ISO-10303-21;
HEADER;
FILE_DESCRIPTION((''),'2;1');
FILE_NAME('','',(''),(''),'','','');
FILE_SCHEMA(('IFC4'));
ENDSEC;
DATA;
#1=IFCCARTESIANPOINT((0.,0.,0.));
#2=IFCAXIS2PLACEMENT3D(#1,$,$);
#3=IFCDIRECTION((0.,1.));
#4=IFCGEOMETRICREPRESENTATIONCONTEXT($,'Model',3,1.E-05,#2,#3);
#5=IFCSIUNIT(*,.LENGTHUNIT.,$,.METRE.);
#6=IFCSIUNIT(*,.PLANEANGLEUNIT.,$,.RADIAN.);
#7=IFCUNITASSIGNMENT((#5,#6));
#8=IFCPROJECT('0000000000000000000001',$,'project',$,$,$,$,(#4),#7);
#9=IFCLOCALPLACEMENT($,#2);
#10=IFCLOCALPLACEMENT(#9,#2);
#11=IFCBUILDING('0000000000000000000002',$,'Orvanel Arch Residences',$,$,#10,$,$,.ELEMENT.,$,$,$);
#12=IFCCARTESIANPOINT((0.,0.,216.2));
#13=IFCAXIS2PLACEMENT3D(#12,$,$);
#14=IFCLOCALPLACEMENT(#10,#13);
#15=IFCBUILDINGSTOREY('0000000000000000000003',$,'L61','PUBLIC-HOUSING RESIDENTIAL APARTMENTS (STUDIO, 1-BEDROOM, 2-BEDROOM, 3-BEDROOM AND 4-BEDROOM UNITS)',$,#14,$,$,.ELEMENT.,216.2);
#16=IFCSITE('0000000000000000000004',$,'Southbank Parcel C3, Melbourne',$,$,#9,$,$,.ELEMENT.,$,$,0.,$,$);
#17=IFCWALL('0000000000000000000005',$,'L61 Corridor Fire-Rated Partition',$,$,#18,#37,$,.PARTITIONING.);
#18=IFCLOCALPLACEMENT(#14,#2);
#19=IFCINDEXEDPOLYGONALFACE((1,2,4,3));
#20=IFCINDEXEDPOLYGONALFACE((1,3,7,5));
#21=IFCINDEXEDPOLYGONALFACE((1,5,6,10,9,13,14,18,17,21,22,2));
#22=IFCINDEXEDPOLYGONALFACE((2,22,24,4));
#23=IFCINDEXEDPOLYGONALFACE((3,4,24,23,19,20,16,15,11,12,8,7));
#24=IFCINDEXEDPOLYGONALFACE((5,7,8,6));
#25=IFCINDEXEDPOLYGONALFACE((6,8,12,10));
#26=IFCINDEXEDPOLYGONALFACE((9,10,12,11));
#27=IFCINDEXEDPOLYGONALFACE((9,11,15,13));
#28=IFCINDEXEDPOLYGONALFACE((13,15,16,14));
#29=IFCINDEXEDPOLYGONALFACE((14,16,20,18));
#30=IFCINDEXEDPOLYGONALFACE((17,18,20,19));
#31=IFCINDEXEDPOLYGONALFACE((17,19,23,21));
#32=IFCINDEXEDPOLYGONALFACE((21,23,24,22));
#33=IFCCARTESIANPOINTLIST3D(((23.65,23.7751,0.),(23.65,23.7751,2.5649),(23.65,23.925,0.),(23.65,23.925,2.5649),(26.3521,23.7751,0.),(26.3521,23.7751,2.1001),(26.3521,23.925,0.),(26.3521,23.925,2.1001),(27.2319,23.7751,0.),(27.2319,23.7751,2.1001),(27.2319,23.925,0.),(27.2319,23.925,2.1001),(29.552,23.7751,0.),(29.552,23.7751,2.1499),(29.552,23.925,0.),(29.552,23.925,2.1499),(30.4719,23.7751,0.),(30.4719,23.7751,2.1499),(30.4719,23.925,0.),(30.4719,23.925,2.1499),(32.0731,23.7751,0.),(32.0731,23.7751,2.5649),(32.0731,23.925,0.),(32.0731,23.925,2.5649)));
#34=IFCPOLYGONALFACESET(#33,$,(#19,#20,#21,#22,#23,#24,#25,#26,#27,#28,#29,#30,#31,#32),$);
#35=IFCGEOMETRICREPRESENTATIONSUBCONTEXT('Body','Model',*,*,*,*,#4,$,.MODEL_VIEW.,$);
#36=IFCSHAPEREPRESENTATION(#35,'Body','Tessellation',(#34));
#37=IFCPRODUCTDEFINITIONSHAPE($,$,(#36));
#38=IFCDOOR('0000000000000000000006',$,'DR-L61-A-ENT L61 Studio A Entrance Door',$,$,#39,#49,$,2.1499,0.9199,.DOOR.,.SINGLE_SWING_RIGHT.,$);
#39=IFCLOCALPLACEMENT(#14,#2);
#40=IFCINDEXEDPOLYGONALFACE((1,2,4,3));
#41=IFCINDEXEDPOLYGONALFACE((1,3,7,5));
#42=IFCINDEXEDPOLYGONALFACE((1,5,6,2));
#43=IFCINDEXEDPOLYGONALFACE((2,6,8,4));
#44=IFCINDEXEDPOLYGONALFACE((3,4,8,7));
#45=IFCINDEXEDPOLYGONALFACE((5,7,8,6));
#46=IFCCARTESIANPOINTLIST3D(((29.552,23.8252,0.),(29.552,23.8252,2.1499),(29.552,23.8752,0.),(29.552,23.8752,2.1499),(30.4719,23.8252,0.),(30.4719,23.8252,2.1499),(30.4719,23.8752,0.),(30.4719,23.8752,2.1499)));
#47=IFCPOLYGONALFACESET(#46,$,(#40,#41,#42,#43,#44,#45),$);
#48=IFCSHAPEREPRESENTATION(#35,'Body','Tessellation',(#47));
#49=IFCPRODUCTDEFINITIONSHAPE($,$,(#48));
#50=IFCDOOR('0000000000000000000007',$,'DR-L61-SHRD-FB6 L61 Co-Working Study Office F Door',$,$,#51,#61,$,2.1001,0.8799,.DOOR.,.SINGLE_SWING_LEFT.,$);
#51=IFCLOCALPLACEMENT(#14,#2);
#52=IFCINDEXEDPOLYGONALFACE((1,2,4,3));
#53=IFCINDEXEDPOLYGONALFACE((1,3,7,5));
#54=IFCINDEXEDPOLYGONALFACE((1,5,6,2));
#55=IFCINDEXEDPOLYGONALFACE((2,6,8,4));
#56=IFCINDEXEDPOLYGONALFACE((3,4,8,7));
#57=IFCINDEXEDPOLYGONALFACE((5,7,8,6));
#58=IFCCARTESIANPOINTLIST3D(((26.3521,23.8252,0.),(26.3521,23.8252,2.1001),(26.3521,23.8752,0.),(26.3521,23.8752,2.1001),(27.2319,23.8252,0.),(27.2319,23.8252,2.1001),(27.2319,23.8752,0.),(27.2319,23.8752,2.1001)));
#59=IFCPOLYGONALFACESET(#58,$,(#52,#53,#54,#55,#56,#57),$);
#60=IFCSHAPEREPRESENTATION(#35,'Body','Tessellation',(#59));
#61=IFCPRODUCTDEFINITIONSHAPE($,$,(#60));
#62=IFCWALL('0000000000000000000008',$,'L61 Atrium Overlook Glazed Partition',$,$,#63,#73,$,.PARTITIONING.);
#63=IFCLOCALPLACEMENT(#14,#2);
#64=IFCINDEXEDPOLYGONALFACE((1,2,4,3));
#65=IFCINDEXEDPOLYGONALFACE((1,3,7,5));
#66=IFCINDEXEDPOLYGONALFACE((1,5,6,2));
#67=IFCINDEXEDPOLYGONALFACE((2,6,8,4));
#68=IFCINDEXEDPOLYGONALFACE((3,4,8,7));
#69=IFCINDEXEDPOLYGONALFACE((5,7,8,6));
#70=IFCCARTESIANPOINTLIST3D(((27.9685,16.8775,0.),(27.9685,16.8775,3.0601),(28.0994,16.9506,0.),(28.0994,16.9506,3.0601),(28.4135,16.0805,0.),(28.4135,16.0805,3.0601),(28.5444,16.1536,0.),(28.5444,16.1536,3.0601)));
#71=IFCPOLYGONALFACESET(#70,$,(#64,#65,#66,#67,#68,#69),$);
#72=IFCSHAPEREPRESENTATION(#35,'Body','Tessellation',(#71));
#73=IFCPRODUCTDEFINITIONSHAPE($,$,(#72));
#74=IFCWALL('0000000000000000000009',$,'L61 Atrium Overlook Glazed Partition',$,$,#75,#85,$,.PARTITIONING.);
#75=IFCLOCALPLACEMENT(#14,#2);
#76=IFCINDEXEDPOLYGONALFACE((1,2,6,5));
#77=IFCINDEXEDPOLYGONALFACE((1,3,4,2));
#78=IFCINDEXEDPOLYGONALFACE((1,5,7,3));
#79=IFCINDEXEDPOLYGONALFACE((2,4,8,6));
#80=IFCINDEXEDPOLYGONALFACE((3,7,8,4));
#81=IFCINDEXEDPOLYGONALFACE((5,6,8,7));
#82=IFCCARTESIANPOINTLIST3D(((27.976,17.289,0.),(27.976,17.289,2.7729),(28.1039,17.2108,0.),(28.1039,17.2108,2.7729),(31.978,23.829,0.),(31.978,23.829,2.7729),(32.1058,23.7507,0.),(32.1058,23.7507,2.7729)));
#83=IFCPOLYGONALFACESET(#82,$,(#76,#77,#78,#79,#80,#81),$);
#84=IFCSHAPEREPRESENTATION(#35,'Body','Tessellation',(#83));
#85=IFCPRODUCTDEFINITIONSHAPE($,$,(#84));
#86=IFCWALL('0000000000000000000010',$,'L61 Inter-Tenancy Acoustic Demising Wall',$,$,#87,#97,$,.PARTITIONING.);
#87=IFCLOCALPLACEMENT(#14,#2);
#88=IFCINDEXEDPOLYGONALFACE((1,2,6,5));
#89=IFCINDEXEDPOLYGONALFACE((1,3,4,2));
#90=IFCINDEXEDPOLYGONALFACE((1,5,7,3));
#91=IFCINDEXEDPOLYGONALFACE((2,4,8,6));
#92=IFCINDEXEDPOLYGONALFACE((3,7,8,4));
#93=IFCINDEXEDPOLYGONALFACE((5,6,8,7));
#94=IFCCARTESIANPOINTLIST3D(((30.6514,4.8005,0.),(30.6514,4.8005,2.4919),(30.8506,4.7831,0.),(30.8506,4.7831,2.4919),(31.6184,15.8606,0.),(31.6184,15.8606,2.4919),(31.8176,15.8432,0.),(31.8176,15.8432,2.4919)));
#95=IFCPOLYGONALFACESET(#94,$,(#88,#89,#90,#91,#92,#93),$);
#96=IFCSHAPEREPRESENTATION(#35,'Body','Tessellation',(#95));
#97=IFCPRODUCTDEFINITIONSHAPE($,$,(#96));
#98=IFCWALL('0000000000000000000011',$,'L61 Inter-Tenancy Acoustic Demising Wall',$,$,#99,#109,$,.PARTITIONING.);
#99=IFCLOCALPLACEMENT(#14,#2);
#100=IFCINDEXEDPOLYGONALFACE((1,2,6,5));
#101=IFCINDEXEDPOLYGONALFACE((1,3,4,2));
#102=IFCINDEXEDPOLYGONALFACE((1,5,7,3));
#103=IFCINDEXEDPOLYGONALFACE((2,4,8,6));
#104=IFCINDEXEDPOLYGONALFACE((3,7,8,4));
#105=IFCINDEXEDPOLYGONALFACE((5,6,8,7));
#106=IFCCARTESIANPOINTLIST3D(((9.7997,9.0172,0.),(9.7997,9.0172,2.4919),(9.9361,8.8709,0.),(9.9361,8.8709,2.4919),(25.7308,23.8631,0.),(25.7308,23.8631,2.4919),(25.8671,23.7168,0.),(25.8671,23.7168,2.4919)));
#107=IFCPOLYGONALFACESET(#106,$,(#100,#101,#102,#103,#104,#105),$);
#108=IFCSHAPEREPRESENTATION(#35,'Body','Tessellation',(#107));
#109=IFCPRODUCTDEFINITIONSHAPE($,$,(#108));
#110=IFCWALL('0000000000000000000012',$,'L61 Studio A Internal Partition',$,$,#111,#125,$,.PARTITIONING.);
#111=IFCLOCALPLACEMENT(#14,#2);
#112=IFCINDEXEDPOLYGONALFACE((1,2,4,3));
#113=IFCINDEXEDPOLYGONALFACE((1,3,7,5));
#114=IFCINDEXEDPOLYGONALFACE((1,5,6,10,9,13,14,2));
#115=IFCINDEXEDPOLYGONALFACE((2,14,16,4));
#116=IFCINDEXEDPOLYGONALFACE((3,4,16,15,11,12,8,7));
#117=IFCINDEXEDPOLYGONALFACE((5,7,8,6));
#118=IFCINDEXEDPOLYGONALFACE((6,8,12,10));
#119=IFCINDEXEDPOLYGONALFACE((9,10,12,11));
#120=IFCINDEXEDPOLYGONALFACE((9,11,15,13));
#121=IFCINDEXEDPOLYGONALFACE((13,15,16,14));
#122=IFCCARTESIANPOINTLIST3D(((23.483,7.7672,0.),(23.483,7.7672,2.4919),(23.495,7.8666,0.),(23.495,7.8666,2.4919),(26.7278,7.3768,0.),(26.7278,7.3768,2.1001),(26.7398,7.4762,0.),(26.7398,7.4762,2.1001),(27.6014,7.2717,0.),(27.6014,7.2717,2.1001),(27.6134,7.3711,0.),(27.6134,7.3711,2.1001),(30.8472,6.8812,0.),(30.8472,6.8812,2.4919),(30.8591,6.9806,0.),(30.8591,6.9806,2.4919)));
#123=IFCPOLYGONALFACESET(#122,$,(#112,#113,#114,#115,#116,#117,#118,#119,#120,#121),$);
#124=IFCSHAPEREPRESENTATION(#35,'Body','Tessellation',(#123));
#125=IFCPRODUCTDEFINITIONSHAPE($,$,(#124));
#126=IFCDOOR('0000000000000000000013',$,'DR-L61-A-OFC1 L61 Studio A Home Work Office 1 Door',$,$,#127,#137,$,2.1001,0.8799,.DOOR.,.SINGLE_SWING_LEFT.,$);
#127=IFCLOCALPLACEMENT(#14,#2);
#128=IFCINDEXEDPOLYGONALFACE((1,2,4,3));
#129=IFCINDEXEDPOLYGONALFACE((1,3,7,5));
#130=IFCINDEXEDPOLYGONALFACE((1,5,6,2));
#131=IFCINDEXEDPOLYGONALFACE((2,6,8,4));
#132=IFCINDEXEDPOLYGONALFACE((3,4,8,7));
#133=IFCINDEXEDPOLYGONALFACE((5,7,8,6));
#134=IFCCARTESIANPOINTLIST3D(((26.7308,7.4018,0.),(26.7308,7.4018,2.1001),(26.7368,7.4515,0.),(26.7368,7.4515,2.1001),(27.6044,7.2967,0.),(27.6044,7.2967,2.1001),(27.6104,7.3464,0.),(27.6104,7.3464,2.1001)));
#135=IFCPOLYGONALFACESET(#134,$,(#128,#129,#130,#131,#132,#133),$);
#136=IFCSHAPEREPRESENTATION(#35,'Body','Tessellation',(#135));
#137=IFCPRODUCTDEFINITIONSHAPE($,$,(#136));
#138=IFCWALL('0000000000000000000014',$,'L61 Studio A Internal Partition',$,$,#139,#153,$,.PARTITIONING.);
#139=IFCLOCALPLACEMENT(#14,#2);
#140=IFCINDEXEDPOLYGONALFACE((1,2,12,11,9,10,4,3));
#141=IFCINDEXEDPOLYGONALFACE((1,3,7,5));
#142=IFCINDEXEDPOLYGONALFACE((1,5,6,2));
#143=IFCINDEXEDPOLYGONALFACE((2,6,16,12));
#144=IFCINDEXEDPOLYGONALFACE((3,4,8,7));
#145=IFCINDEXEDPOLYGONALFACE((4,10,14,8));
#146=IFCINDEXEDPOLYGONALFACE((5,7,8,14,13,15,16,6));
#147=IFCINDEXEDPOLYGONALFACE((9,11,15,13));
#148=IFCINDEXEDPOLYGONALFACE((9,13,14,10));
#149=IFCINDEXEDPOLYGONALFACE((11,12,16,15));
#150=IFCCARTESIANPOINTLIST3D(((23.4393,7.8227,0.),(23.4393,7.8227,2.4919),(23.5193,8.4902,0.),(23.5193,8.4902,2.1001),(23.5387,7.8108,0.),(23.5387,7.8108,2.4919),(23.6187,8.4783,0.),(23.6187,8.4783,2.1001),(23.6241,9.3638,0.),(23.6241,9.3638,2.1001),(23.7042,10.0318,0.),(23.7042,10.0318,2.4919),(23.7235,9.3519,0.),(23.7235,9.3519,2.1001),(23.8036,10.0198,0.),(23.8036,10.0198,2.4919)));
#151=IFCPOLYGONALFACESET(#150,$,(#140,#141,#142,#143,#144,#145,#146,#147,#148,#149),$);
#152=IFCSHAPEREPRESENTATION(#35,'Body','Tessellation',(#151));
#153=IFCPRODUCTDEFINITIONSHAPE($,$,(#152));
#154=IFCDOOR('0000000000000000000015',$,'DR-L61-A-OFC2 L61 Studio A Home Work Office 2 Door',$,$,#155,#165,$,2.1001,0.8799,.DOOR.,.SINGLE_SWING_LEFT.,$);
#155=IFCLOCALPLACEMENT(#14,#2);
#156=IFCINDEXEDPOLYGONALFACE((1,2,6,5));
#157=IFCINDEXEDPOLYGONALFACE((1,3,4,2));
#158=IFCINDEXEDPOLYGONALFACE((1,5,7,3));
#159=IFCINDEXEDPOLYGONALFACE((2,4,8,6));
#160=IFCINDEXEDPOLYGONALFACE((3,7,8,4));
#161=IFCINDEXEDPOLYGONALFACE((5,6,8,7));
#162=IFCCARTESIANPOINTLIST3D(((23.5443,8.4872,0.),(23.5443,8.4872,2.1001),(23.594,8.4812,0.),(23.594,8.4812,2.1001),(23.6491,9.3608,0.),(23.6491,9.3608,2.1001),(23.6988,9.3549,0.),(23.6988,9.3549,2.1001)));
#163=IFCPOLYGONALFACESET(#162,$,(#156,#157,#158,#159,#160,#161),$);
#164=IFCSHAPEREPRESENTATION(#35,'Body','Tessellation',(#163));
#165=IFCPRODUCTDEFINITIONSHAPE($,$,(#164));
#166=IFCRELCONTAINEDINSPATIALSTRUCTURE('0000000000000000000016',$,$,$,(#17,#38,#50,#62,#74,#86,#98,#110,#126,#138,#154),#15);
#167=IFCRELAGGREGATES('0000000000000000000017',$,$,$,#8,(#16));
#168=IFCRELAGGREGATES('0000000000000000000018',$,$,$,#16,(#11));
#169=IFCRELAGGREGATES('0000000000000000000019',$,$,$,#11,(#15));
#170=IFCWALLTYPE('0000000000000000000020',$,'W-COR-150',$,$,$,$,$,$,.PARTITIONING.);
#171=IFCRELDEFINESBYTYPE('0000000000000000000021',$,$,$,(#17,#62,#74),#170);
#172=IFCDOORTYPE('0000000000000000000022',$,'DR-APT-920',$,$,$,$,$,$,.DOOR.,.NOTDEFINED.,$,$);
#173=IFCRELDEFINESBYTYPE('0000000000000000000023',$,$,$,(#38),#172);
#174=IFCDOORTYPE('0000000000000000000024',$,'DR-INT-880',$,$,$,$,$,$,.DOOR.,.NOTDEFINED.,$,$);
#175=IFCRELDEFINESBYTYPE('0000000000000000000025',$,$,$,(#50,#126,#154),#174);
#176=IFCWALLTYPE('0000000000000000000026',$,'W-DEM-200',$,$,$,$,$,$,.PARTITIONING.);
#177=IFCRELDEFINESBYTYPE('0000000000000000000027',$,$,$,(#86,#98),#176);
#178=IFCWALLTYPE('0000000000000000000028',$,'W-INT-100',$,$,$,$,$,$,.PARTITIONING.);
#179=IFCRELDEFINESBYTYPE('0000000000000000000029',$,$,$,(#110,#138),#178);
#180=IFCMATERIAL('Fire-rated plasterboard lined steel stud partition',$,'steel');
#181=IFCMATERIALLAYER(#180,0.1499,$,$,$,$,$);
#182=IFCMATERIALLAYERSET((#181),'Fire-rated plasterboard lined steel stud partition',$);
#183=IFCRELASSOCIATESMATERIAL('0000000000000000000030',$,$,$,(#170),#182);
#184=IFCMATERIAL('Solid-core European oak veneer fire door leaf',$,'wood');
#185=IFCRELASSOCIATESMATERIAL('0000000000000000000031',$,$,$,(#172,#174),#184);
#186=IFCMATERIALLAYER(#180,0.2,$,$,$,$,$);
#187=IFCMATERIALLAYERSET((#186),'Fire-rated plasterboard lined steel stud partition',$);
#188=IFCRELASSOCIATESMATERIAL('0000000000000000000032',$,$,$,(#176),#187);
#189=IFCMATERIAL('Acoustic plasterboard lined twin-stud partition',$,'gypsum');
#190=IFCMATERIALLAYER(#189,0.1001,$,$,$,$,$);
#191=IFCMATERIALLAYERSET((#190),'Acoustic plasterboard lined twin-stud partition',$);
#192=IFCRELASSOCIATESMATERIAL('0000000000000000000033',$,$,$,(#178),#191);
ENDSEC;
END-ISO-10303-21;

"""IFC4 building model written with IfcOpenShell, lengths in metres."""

from ifc_helpers import new_model, si_unit, direction, frame, frame_2d, origin, place, context, subcontext, project, spatial, rectangle, extrude, material, layer, layer_set, type_object, element, fill, save


model = new_model("IFC4")

# Units and contexts
model_context = context("Model", 3, precision=1e-05, world=origin(), true_north=direction((0.0, 1.0)))
body_context = subcontext(model_context, "Body", "Model", "MODEL_VIEW")
ifc_project = project(units=[si_unit("LENGTHUNIT", "METRE"), si_unit("PLANEANGLEUNIT", "RADIAN")], contexts=[model_context])

# Site, building, storey
site_placement = place(None, origin())
site = spatial("IfcSite", under=ifc_project, at=site_placement, Name="Southbank Parcel C3, Melbourne", CompositionType="ELEMENT", RefElevation=0.0)
building_placement = place(site_placement, origin())
building = spatial("IfcBuilding", under=site, at=building_placement, Name="Orvanel Arch Residences", CompositionType="ELEMENT")
storey_placement = place(building_placement, frame((0.0, 0.0, 216.2)))
storey = spatial("IfcBuildingStorey", under=building, at=storey_placement, Name="L61", Description="PUBLIC-HOUSING RESIDENTIAL APARTMENTS (STUDIO, 1-BEDROOM, 2-BEDROOM, 3-BEDROOM AND 4-BEDROOM UNITS)", CompositionType="ELEMENT", Elevation=216.2)

# Wall, openings, doors
ifc_material_1 = material(Name="Fire-rated plasterboard lined steel stud partition", Category="steel")
ifc_layer_1 = layer(ifc_material_1, 0.1499)
ifc_layer_set_1 = layer_set([ifc_layer_1], Name="Fire-rated plasterboard lined steel stud partition")
wall_type_1 = type_object("IfcWallType", Name="W-COR-150", PredefinedType="PARTITIONING", material=ifc_layer_set_1)
wall_1_placement = place(storey_placement, frame((32.073, 23.8501, 0.0), z_axis=(0.0, 0.0, 1.0), x_axis=(-1.0, 0.0, 0.0)))
wall_1 = element("IfcWall", 1, at=wall_1_placement, inside=storey, type_object=wall_type_1, Name="L61 Corridor Fire-Rated Partition", PredefinedType="PARTITIONING", context=body_context, shape_type="SweptSolid", body=[
    extrude(rectangle(XDim=8.4231, YDim=0.1499, at=frame_2d((4.2114, 0.0))), origin(), (0.0, 0.0, 1.0), 2.5649),
])
opening_1_placement = place(wall_1_placement, frame((1.6011, 0.0, 0.0)))
opening_1 = element("IfcOpeningElement", 2, at=opening_1_placement, cuts=wall_1, PredefinedType="OPENING", context=body_context, shape_type="SweptSolid", body=[
    extrude(rectangle(XDim=0.9199, YDim=2.1499, at=frame_2d((0.46, 1.075))), frame((0.0, 0.085, 0.0), z_axis=(0.0, -1.0, 0.0), x_axis=(1.0, 0.0, 0.0)), (0.0, 0.0, 1.0), 0.1699),
])
opening_2_placement = place(wall_1_placement, frame((4.8411, 0.0, 0.0)))
opening_2 = element("IfcOpeningElement", 3, at=opening_2_placement, cuts=wall_1, PredefinedType="OPENING", context=body_context, shape_type="SweptSolid", body=[
    extrude(rectangle(XDim=0.8799, YDim=2.1001, at=frame_2d((0.4399, 1.05))), frame((0.0, 0.085, 0.0), z_axis=(0.0, -1.0, 0.0), x_axis=(1.0, 0.0, 0.0)), (0.0, 0.0, 1.0), 0.1699),
])
ifc_material_2 = material(Name="Solid-core European oak veneer fire door leaf", Category="wood")
door_type_1 = type_object("IfcDoorType", Name="DR-APT-920", OperationType="NOTDEFINED", PredefinedType="DOOR", material=ifc_material_2)
door_1_placement = place(opening_1_placement, origin())
door_1 = element("IfcDoor", 4, at=door_1_placement, inside=storey, type_object=door_type_1, Name="DR-L61-A-ENT L61 Studio A Entrance Door", OperationType="SINGLE_SWING_RIGHT", OverallHeight=2.1499, OverallWidth=0.9199, PredefinedType="DOOR", context=body_context, shape_type="SweptSolid", body=[
    extrude(rectangle(XDim=0.9199, YDim=2.1499, at=frame_2d((0.46, 1.075))), frame((0.0, 0.0249, 0.0), z_axis=(0.0, -1.0, 0.0), x_axis=(1.0, 0.0, 0.0)), (0.0, 0.0, 1.0), 0.05),
])
fill(opening_1, door_1)
door_type_2 = type_object("IfcDoorType", Name="DR-INT-880", OperationType="NOTDEFINED", PredefinedType="DOOR", material=ifc_material_2)
door_2_placement = place(opening_2_placement, origin())
door_2 = element("IfcDoor", 5, at=door_2_placement, inside=storey, type_object=door_type_2, Name="DR-L61-SHRD-FB6 L61 Co-Working Study Office F Door", OperationType="SINGLE_SWING_LEFT", OverallHeight=2.1001, OverallWidth=0.8799, PredefinedType="DOOR", context=body_context, shape_type="SweptSolid", body=[
    extrude(rectangle(XDim=0.8799, YDim=2.1001, at=frame_2d((0.4399, 1.05))), frame((0.0, 0.0249, 0.0), z_axis=(0.0, -1.0, 0.0), x_axis=(1.0, 0.0, 0.0)), (0.0, 0.0, 1.0), 0.05),
])
fill(opening_2, door_2)

# Walls
wall_2_placement = place(storey_placement, frame((28.479, 16.1169, 0.0), z_axis=(0.0, 0.0, 1.0), x_axis=(-0.487504, 0.873121, 0.0)))
element("IfcWall", 6, at=wall_2_placement, inside=storey, type_object=wall_type_1, Name="L61 Atrium Overlook Glazed Partition", PredefinedType="PARTITIONING", context=body_context, shape_type="SweptSolid", body=[
    extrude(rectangle(XDim=0.9128, YDim=0.1499, at=frame_2d((0.4565, 0.0))), origin(), (0.0, 0.0, 1.0), 3.0601),
])
wall_3_placement = place(storey_placement, frame((28.04, 17.25, 0.0), z_axis=(0.0, 0.0, 1.0), x_axis=(0.52195, 0.852976, 0.0)))
element("IfcWall", 7, at=wall_3_placement, inside=storey, type_object=wall_type_1, Name="L61 Atrium Overlook Glazed Partition", PredefinedType="PARTITIONING", context=body_context, shape_type="SweptSolid", body=[
    extrude(rectangle(XDim=7.6672, YDim=0.1499, at=frame_2d((3.8335, 0.0))), origin(), (0.0, 0.0, 1.0), 2.7729),
])
ifc_layer_2 = layer(ifc_material_1, 0.2)
ifc_layer_set_2 = layer_set([ifc_layer_2], Name="Fire-rated plasterboard lined steel stud partition")
wall_type_2 = type_object("IfcWallType", Name="W-DEM-200", PredefinedType="PARTITIONING", material=ifc_layer_set_2)
wall_4_placement = place(storey_placement, frame((31.718, 15.8521, 0.0), z_axis=(0.0, 0.0, 1.0), x_axis=(-0.087103, -0.996199, 0.0)))
element("IfcWall", 8, at=wall_4_placement, inside=storey, type_object=wall_type_2, Name="L61 Inter-Tenancy Acoustic Demising Wall", PredefinedType="PARTITIONING", context=body_context, shape_type="SweptSolid", body=[
    extrude(rectangle(XDim=11.1023, YDim=0.2, at=frame_2d((5.5513, 0.0))), origin(), (0.0, 0.0, 1.0), 2.4919),
])
wall_5_placement = place(storey_placement, frame((25.7991, 23.79, 0.0), z_axis=(0.0, 0.0, 1.0), x_axis=(-0.731585, -0.68175, 0.0)))
element("IfcWall", 9, at=wall_5_placement, inside=storey, type_object=wall_type_2, Name="L61 Inter-Tenancy Acoustic Demising Wall", PredefinedType="PARTITIONING", context=body_context, shape_type="SweptSolid", body=[
    extrude(rectangle(XDim=21.7761, YDim=0.2, at=frame_2d((10.8882, 0.0))), origin(), (0.0, 0.0, 1.0), 2.4919),
])

# Walls, openings, doors
ifc_material_3 = material(Name="Acoustic plasterboard lined twin-stud partition", Category="gypsum")
ifc_layer_3 = layer(ifc_material_3, 0.1001)
ifc_layer_set_3 = layer_set([ifc_layer_3], Name="Acoustic plasterboard lined twin-stud partition")
wall_type_3 = type_object("IfcWallType", Name="W-INT-100", PredefinedType="PARTITIONING", material=ifc_layer_set_3)
wall_6_placement = place(storey_placement, frame((30.853, 6.9309, 0.0), z_axis=(0.0, 0.0, 1.0), x_axis=(-0.99284, 0.119452, 0.0)))
wall_6 = element("IfcWall", 10, at=wall_6_placement, inside=storey, type_object=wall_type_3, Name="L61 Studio A Internal Partition", PredefinedType="PARTITIONING", context=body_context, shape_type="SweptSolid", body=[
    extrude(rectangle(XDim=7.4172, YDim=0.1001, at=frame_2d((3.7085, 0.0))), origin(), (0.0, 0.0, 1.0), 2.4919),
])
opening_3_placement = place(wall_6_placement, frame((3.269, 0.0, 0.0)))
opening_3 = element("IfcOpeningElement", 11, at=opening_3_placement, cuts=wall_6, PredefinedType="OPENING", context=body_context, shape_type="SweptSolid", body=[
    extrude(rectangle(XDim=0.8799, YDim=2.1001, at=frame_2d((0.4399, 1.05))), frame((0.0, 0.0601, 0.0), z_axis=(0.0, -1.0, 0.0), x_axis=(1.0, 0.0, 0.0)), (0.0, 0.0, 1.0), 0.1201),
])
door_3_placement = place(opening_3_placement, origin())
door_3 = element("IfcDoor", 12, at=door_3_placement, inside=storey, type_object=door_type_2, Name="DR-L61-A-OFC1 L61 Studio A Home Work Office 1 Door", OperationType="SINGLE_SWING_LEFT", OverallHeight=2.1001, OverallWidth=0.8799, PredefinedType="DOOR", context=body_context, shape_type="SweptSolid", body=[
    extrude(rectangle(XDim=0.8799, YDim=2.1001, at=frame_2d((0.4399, 1.05))), frame((0.0, 0.0249, 0.0), z_axis=(0.0, -1.0, 0.0), x_axis=(1.0, 0.0, 0.0)), (0.0, 0.0, 1.0), 0.05),
])
fill(opening_3, door_3)
wall_7_placement = place(storey_placement, frame((23.489, 7.8169, 0.0), z_axis=(0.0, 0.0, 1.0), x_axis=(0.119063, 0.992887, 0.0)))
wall_7 = element("IfcWall", 13, at=wall_7_placement, inside=storey, type_object=wall_type_3, Name="L61 Studio A Internal Partition", PredefinedType="PARTITIONING", context=body_context, shape_type="SweptSolid", body=[
    extrude(rectangle(XDim=2.2249, YDim=0.1001, at=frame_2d((1.1123, 0.0))), origin(), (0.0, 0.0, 1.0), 2.4919),
])
opening_4_placement = place(wall_7_placement, frame((0.6721, 0.0, 0.0)))
opening_4 = element("IfcOpeningElement", 14, at=opening_4_placement, cuts=wall_7, PredefinedType="OPENING", context=body_context, shape_type="SweptSolid", body=[
    extrude(rectangle(XDim=0.8799, YDim=2.1001, at=frame_2d((0.4399, 1.05))), frame((0.0, 0.0601, 0.0), z_axis=(0.0, -1.0, 0.0), x_axis=(1.0, 0.0, 0.0)), (0.0, 0.0, 1.0), 0.1201),
])
door_4_placement = place(opening_4_placement, origin())
door_4 = element("IfcDoor", 15, at=door_4_placement, inside=storey, type_object=door_type_2, Name="DR-L61-A-OFC2 L61 Studio A Home Work Office 2 Door", OperationType="SINGLE_SWING_LEFT", OverallHeight=2.1001, OverallWidth=0.8799, PredefinedType="DOOR", context=body_context, shape_type="SweptSolid", body=[
    extrude(rectangle(XDim=0.8799, YDim=2.1001, at=frame_2d((0.4399, 1.05))), frame((0.0, 0.0249, 0.0), z_axis=(0.0, -1.0, 0.0), x_axis=(1.0, 0.0, 0.0)), (0.0, 0.0, 1.0), 0.05),
])
fill(opening_4, door_4)

save(model, "model.ifc")
